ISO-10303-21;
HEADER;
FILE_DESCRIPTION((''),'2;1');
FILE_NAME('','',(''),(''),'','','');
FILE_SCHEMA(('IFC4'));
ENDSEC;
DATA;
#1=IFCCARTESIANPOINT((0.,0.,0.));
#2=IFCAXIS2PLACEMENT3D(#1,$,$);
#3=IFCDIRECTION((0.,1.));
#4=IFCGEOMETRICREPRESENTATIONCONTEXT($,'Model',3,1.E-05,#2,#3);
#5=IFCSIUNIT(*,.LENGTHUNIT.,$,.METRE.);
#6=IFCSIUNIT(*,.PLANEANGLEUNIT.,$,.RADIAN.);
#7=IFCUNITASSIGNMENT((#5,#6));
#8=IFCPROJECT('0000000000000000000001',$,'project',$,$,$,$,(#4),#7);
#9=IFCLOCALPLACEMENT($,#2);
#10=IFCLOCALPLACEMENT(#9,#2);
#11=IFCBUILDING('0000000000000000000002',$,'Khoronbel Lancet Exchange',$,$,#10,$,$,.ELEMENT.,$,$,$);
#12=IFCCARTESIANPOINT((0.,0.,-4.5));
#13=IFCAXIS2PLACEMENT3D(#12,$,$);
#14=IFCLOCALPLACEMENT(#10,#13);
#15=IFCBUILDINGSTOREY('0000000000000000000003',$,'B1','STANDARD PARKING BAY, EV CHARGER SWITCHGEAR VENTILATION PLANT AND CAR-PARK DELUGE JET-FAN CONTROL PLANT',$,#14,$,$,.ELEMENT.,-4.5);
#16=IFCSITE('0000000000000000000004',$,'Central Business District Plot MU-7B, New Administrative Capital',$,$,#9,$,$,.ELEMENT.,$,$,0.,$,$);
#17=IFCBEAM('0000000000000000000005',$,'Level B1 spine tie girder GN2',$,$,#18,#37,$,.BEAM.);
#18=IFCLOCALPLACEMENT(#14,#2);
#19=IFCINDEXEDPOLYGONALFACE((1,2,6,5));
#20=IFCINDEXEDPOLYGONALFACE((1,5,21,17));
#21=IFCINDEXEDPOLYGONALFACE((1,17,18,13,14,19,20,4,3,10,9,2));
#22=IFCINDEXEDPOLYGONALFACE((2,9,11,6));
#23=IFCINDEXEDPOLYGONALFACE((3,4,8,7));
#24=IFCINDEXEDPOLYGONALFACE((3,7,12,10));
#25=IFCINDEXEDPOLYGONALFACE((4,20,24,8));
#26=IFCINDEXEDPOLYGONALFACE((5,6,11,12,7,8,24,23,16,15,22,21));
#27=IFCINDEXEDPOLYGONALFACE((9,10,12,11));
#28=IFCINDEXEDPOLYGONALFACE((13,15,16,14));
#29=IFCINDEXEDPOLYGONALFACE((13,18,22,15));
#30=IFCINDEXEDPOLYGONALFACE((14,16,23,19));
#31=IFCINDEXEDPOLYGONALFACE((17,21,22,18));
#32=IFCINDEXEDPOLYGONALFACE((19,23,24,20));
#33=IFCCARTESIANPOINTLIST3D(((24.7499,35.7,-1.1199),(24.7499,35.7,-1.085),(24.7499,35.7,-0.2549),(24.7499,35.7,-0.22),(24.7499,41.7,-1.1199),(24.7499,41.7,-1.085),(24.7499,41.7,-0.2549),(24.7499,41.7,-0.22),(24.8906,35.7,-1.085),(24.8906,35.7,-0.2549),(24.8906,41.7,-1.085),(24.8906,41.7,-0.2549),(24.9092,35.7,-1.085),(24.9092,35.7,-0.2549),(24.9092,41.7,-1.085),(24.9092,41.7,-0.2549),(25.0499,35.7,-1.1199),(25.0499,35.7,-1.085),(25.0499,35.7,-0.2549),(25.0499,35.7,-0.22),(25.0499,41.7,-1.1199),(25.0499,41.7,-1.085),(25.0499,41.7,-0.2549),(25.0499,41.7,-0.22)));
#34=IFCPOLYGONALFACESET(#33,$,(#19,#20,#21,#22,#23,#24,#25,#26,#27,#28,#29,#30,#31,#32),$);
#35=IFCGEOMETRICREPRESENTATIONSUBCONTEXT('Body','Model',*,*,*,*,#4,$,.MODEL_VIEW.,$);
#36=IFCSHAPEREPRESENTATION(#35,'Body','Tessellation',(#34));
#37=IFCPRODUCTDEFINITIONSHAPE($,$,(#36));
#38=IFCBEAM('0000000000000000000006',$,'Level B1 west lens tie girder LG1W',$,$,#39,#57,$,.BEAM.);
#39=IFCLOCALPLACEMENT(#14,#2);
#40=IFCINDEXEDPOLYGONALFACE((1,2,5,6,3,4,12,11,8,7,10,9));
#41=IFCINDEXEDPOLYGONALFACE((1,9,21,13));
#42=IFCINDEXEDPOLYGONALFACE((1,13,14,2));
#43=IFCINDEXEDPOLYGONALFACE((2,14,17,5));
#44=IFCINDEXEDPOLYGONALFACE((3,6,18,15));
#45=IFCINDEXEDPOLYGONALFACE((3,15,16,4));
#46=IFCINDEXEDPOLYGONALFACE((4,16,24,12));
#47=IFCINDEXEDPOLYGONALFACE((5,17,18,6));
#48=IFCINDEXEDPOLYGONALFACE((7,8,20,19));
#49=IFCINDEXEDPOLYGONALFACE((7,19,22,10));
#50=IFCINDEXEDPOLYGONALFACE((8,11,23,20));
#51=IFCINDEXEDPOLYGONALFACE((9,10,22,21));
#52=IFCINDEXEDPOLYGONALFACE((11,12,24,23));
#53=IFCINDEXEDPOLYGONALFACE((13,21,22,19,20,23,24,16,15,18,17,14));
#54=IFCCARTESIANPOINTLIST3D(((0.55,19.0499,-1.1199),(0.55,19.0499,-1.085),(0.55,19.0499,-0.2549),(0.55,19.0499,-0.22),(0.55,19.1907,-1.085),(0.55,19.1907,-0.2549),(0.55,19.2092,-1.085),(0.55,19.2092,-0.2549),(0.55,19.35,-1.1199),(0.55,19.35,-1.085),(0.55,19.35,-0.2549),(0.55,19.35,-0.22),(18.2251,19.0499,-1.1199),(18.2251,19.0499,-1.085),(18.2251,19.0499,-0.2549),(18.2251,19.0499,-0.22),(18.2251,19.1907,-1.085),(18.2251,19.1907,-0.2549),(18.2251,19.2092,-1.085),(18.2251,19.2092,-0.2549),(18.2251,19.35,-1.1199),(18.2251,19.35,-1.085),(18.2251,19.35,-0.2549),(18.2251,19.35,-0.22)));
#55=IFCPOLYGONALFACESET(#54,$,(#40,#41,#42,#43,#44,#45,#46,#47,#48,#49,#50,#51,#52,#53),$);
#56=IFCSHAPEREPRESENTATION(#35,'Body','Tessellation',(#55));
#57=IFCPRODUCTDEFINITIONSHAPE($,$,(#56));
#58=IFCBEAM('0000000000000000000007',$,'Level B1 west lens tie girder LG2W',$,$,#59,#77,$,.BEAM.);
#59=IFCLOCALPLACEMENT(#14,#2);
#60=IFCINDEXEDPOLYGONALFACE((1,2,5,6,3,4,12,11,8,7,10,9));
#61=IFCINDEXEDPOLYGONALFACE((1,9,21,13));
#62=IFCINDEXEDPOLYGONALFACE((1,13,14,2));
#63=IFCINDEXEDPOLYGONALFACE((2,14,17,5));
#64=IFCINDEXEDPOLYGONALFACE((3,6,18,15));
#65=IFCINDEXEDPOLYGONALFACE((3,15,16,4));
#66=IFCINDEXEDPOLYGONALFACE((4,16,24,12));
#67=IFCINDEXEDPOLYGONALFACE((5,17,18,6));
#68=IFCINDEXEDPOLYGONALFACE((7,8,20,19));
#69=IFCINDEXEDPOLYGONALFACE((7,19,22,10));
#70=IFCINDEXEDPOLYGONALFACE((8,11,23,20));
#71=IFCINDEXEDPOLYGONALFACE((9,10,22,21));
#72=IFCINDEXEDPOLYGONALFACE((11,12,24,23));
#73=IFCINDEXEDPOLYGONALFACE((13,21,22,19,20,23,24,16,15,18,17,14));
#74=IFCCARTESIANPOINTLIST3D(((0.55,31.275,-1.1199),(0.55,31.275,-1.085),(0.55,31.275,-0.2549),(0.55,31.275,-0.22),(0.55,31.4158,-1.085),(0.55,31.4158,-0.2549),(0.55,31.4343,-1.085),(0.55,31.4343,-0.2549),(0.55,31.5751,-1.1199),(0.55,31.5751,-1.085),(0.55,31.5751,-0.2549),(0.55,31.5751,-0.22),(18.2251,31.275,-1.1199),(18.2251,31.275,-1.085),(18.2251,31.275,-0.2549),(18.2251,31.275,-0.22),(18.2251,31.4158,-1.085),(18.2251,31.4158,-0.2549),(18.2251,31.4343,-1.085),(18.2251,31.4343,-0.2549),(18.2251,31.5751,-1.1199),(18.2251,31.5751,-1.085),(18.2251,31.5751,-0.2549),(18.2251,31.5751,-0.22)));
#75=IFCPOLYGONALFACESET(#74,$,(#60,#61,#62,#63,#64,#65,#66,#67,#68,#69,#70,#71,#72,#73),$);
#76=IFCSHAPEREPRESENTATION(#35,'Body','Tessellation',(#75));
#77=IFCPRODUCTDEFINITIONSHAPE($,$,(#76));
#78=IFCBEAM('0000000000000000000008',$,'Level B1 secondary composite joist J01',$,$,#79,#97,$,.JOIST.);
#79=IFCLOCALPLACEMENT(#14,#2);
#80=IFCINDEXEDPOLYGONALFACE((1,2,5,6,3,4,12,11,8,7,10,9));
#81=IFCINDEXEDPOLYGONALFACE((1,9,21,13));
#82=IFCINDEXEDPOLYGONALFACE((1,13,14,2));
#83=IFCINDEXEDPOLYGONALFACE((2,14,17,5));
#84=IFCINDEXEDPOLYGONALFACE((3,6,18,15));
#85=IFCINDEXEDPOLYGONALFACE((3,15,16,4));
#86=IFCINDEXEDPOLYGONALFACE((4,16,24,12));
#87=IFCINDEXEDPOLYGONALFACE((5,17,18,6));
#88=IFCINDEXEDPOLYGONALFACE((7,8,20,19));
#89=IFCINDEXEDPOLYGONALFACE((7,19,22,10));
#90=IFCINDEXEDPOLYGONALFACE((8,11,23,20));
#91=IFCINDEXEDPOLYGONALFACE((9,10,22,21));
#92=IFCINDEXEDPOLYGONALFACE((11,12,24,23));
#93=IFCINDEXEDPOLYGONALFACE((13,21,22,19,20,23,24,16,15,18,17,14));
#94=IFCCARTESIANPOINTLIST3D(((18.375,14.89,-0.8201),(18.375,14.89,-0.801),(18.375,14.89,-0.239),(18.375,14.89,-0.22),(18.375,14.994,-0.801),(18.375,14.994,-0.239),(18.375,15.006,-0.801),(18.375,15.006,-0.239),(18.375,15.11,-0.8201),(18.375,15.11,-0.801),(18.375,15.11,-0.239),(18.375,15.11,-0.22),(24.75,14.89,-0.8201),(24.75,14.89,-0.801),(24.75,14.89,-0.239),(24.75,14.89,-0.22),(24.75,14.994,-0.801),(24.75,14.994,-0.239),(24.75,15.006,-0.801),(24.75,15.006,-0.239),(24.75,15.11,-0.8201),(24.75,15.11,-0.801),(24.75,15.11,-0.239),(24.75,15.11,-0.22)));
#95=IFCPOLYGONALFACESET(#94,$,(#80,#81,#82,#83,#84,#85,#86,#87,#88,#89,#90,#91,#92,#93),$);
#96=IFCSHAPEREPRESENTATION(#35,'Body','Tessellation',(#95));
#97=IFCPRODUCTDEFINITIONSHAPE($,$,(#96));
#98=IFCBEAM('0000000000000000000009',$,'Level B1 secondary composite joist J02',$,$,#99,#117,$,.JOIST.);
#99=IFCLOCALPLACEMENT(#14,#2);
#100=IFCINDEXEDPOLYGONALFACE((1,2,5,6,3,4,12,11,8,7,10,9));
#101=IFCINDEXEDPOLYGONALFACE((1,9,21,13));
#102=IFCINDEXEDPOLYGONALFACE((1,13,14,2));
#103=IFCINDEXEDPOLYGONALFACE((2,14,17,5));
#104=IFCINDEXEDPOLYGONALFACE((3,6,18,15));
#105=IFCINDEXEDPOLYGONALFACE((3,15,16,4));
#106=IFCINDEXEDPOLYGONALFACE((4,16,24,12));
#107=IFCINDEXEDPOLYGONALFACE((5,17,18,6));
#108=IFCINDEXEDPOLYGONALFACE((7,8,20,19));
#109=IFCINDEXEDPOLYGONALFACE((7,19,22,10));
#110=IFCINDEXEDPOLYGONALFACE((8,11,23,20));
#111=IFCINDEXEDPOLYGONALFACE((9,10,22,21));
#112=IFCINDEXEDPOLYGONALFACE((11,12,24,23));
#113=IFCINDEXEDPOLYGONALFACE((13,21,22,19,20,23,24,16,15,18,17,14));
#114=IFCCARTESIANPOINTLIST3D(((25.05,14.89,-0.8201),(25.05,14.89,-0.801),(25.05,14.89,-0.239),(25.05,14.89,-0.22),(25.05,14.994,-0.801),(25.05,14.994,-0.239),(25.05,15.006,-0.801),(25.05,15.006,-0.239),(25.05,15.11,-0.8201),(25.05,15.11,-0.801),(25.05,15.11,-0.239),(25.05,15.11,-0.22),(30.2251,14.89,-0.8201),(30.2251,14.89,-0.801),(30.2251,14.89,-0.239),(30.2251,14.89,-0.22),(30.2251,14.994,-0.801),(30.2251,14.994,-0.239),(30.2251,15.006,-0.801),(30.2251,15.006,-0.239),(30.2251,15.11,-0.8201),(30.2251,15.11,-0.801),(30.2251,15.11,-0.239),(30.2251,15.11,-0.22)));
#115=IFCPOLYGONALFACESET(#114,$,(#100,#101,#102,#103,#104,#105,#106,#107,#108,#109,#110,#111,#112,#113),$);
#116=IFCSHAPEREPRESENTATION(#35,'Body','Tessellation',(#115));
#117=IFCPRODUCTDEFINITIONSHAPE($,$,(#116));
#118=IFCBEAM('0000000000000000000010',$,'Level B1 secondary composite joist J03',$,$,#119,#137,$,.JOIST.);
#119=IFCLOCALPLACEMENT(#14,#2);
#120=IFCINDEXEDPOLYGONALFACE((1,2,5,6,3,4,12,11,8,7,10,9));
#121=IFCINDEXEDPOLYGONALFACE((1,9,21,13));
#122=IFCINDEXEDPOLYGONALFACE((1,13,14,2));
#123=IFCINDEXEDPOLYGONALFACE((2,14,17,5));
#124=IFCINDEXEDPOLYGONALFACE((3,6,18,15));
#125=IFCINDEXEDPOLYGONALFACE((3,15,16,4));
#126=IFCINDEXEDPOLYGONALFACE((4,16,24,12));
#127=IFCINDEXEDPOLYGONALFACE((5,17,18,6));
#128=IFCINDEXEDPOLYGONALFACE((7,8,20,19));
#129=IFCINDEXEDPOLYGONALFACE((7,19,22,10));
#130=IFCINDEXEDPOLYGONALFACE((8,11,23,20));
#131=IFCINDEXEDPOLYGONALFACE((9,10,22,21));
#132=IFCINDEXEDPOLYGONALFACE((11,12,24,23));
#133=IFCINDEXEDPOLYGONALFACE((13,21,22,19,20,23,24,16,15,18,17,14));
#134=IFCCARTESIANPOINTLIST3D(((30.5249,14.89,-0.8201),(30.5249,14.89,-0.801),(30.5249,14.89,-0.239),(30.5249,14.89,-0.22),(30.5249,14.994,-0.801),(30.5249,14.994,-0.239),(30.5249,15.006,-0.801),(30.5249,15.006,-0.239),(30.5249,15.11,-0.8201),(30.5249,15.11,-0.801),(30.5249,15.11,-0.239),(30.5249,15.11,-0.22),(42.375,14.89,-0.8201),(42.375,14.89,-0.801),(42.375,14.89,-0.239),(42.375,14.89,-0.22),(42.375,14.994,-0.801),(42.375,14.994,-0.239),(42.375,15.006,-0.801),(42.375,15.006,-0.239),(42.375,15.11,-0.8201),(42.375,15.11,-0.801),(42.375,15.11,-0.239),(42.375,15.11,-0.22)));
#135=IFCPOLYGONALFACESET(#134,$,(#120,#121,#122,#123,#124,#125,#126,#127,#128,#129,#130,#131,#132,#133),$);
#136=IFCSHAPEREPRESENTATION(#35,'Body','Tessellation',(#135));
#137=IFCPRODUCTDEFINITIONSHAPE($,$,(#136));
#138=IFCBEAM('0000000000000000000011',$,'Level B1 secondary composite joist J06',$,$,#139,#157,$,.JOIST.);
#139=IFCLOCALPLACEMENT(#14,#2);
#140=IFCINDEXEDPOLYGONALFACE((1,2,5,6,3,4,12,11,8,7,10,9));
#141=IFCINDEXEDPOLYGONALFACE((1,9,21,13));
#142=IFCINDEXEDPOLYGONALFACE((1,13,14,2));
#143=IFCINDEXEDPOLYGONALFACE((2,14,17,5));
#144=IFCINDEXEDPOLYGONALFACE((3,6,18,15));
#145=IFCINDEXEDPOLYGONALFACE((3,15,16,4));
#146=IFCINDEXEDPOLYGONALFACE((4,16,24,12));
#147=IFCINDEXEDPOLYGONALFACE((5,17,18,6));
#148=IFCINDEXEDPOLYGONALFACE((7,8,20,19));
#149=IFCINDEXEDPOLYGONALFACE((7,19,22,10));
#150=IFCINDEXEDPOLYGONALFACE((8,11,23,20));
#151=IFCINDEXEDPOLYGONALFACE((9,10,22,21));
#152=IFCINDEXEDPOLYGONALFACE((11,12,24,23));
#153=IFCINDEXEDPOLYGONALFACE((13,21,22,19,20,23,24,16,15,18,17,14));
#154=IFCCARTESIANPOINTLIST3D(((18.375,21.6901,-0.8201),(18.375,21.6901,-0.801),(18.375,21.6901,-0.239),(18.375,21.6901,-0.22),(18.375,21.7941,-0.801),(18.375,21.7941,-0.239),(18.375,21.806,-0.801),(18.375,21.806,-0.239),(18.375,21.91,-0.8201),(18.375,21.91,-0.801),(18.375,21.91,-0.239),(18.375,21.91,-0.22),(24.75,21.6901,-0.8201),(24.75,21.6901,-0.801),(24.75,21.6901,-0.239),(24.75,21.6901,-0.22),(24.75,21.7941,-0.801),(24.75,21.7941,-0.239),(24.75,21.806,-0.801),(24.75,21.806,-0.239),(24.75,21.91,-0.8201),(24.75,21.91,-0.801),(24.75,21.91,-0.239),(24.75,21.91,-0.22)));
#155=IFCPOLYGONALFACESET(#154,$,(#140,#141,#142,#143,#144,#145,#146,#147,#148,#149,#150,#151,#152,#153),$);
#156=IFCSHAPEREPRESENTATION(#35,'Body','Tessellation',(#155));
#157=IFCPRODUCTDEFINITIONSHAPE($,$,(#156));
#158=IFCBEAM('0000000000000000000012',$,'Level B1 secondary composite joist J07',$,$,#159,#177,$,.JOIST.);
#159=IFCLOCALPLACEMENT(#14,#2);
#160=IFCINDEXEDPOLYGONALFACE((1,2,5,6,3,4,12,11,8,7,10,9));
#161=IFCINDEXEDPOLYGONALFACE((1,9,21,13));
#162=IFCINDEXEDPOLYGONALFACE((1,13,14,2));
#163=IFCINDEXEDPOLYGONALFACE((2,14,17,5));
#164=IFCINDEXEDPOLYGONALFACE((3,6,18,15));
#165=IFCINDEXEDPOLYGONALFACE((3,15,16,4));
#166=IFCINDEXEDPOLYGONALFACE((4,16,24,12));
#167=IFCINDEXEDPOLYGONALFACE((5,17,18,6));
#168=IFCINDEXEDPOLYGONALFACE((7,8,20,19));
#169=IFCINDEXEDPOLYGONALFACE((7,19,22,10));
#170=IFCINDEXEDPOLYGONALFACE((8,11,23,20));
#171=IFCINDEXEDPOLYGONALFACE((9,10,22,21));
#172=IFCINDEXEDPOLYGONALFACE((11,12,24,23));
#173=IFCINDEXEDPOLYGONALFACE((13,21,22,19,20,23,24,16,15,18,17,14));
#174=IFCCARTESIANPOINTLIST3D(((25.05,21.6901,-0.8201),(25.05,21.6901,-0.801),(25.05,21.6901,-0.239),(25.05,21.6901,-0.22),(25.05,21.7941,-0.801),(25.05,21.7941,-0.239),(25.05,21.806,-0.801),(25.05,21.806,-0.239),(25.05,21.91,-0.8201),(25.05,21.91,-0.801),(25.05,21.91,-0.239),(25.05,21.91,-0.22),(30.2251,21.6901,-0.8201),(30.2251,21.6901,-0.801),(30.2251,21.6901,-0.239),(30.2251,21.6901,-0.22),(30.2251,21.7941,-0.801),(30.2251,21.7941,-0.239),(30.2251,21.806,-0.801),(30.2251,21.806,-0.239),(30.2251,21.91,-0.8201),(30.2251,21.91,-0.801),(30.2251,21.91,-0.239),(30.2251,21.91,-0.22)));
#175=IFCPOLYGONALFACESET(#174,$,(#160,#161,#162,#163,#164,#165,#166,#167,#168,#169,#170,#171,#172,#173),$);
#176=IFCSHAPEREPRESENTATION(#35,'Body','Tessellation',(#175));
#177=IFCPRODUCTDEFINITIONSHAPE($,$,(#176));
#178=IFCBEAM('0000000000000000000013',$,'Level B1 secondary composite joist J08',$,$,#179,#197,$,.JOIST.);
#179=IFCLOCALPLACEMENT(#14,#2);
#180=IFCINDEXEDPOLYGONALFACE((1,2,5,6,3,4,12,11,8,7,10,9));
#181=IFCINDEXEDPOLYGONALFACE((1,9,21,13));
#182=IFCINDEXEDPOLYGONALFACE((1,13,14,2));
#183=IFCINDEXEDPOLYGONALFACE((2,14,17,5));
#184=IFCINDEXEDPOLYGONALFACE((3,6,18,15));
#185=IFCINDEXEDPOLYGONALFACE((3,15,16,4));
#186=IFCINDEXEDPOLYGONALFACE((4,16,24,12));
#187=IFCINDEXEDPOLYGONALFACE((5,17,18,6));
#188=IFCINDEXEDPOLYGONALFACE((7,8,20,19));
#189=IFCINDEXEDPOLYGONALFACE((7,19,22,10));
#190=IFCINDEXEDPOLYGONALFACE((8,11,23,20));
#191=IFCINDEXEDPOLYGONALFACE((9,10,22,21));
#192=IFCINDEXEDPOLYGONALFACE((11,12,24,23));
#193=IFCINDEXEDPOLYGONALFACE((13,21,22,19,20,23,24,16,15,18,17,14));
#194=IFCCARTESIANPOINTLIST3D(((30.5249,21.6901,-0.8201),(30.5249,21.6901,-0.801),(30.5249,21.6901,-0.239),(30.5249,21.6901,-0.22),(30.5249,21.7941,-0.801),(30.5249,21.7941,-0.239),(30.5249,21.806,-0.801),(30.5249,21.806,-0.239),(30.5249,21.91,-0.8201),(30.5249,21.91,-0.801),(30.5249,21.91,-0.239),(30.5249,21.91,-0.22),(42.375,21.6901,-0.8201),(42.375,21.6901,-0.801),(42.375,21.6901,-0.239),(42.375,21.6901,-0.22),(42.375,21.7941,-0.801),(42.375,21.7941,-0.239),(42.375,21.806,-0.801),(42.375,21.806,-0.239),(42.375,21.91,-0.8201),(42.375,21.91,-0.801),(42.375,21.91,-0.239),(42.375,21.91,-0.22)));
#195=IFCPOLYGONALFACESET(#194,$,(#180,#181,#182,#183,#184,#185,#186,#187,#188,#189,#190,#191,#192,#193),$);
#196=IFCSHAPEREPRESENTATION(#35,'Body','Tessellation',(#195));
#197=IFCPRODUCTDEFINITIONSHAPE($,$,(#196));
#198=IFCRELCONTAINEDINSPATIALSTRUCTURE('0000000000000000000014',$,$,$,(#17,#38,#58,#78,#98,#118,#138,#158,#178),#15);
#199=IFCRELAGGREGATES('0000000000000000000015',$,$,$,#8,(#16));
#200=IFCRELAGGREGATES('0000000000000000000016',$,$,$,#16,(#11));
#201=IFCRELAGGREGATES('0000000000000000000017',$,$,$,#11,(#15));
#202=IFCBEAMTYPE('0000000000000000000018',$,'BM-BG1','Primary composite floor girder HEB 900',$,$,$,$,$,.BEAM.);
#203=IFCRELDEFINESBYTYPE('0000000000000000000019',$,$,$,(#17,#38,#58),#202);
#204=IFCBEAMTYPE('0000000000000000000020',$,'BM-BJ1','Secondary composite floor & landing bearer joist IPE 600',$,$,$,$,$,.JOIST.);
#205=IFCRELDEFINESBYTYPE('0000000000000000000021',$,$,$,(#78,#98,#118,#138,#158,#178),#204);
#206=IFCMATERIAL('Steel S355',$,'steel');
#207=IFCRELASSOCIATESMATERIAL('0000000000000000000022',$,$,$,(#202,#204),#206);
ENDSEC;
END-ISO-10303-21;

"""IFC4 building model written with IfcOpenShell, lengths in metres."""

from ifc_helpers import new_model, si_unit, direction, frame, origin, origin_2d, place, context, subcontext, project, spatial, i_section, extrude, material, material_profile, profile_set, type_object, element, save


model = new_model("IFC4")

# Units and contexts
model_context = context("Model", 3, precision=1e-05, world=origin(), true_north=direction((0.0, 1.0)))
body_context = subcontext(model_context, "Body", "Model", "MODEL_VIEW")
ifc_project = project(units=[si_unit("LENGTHUNIT", "METRE"), si_unit("PLANEANGLEUNIT", "RADIAN")], contexts=[model_context])

# Site, building, storey
site_placement = place(None, origin())
site = spatial("IfcSite", under=ifc_project, at=site_placement, Name="Central Business District Plot MU-7B, New Administrative Capital", CompositionType="ELEMENT", RefElevation=0.0)
building_placement = place(site_placement, origin())
building = spatial("IfcBuilding", under=site, at=building_placement, Name="Khoronbel Lancet Exchange", CompositionType="ELEMENT")
storey_placement = place(building_placement, frame((0.0, 0.0, -4.5)))
storey = spatial("IfcBuildingStorey", under=building, at=storey_placement, Name="B1", Description="STANDARD PARKING BAY, EV CHARGER SWITCHGEAR VENTILATION PLANT AND CAR-PARK DELUGE JET-FAN CONTROL PLANT", CompositionType="ELEMENT", Elevation=-4.5)

# Shared definitions
ifc_material_1 = material(Name="Steel S355", Category="steel")

# Beams
ifc_material_profile_1 = material_profile(ifc_material_1, i_section(OverallWidth=0.3, OverallDepth=0.8999, WebThickness=0.0186, FlangeThickness=0.0349, at=origin_2d()), Name="HEB 900")
ifc_profile_set_1 = profile_set([ifc_material_profile_1], Name="Steel S355")
beam_type_1 = type_object("IfcBeamType", Name="BM-BG1", Description="Primary composite floor girder HEB 900", PredefinedType="BEAM", material=ifc_profile_set_1)
for number, where, z_axis, x_axis, name in (
    (1, (24.8999, 35.7, -0.6699), (0.0, 1.0, 0.0), (-1.0, 0.0, 0.0), "Level B1 spine tie girder GN2"),
):
    element("IfcBeam", number, at=place(storey_placement, frame(where, z_axis=z_axis, x_axis=x_axis)), inside=storey, type_object=beam_type_1, Name=name, PredefinedType="BEAM", context=body_context, shape_type="SweptSolid", body=[
        extrude(i_section(OverallWidth=0.3, OverallDepth=0.8999, WebThickness=0.0186, FlangeThickness=0.0349, at=origin_2d()), origin(), (0.0, 0.0, 1.0), 6.0),
    ])
for number, where, z_axis, x_axis, name in (
    (2, (0.55, 19.2, -0.6699), (1.0, 0.0, 0.0), (0.0, 1.0, 0.0), "Level B1 west lens tie girder LG1W"),
    (3, (0.55, 31.425, -0.6699), (1.0, 0.0, 0.0), (0.0, 1.0, 0.0), "Level B1 west lens tie girder LG2W"),
):
    element("IfcBeam", number, at=place(storey_placement, frame(where, z_axis=z_axis, x_axis=x_axis)), inside=storey, type_object=beam_type_1, Name=name, PredefinedType="BEAM", context=body_context, shape_type="SweptSolid", body=[
        extrude(i_section(OverallWidth=0.3, OverallDepth=0.8999, WebThickness=0.0186, FlangeThickness=0.0349, at=origin_2d()), origin(), (0.0, 0.0, 1.0), 17.675),
    ])
ifc_material_profile_2 = material_profile(ifc_material_1, i_section(OverallWidth=0.22, OverallDepth=0.6001, WebThickness=0.012, FlangeThickness=0.019, at=origin_2d()), Name="IPE 600")
ifc_profile_set_2 = profile_set([ifc_material_profile_2], Name="Steel S355")
beam_type_2 = type_object("IfcBeamType", Name="BM-BJ1", Description="Secondary composite floor & landing bearer joist IPE 600", PredefinedType="JOIST", material=ifc_profile_set_2)
beam_1_placement = place(storey_placement, frame((18.375, 15.0, -0.52), z_axis=(1.0, 0.0, 0.0), x_axis=(0.0, 1.0, 0.0)))
element("IfcBeam", 4, at=beam_1_placement, inside=storey, type_object=beam_type_2, Name="Level B1 secondary composite joist J01", PredefinedType="JOIST", context=body_context, shape_type="SweptSolid", body=[
    extrude(i_section(OverallWidth=0.22, OverallDepth=0.6001, WebThickness=0.012, FlangeThickness=0.019, at=origin_2d()), origin(), (0.0, 0.0, 1.0), 6.375),
])
beam_2_placement = place(storey_placement, frame((25.05, 15.0, -0.52), z_axis=(1.0, 0.0, 0.0), x_axis=(0.0, 1.0, 0.0)))
element("IfcBeam", 5, at=beam_2_placement, inside=storey, type_object=beam_type_2, Name="Level B1 secondary composite joist J02", PredefinedType="JOIST", context=body_context, shape_type="SweptSolid", body=[
    extrude(i_section(OverallWidth=0.22, OverallDepth=0.6001, WebThickness=0.012, FlangeThickness=0.019, at=origin_2d()), origin(), (0.0, 0.0, 1.0), 5.175),
])
beam_3_placement = place(storey_placement, frame((30.5249, 15.0, -0.52), z_axis=(1.0, 0.0, 0.0), x_axis=(0.0, 1.0, 0.0)))
element("IfcBeam", 6, at=beam_3_placement, inside=storey, type_object=beam_type_2, Name="Level B1 secondary composite joist J03", PredefinedType="JOIST", context=body_context, shape_type="SweptSolid", body=[
    extrude(i_section(OverallWidth=0.22, OverallDepth=0.6001, WebThickness=0.012, FlangeThickness=0.019, at=origin_2d()), origin(), (0.0, 0.0, 1.0), 11.8501),
])
beam_4_placement = place(storey_placement, frame((18.375, 21.8, -0.52), z_axis=(1.0, 0.0, 0.0), x_axis=(0.0, 1.0, 0.0)))
element("IfcBeam", 7, at=beam_4_placement, inside=storey, type_object=beam_type_2, Name="Level B1 secondary composite joist J06", PredefinedType="JOIST", context=body_context, shape_type="SweptSolid", body=[
    extrude(i_section(OverallWidth=0.22, OverallDepth=0.6001, WebThickness=0.012, FlangeThickness=0.019, at=origin_2d()), origin(), (0.0, 0.0, 1.0), 6.375),
])
beam_5_placement = place(storey_placement, frame((25.05, 21.8, -0.52), z_axis=(1.0, 0.0, 0.0), x_axis=(0.0, 1.0, 0.0)))
element("IfcBeam", 8, at=beam_5_placement, inside=storey, type_object=beam_type_2, Name="Level B1 secondary composite joist J07", PredefinedType="JOIST", context=body_context, shape_type="SweptSolid", body=[
    extrude(i_section(OverallWidth=0.22, OverallDepth=0.6001, WebThickness=0.012, FlangeThickness=0.019, at=origin_2d()), origin(), (0.0, 0.0, 1.0), 5.175),
])
beam_6_placement = place(storey_placement, frame((30.5249, 21.8, -0.52), z_axis=(1.0, 0.0, 0.0), x_axis=(0.0, 1.0, 0.0)))
element("IfcBeam", 9, at=beam_6_placement, inside=storey, type_object=beam_type_2, Name="Level B1 secondary composite joist J08", PredefinedType="JOIST", context=body_context, shape_type="SweptSolid", body=[
    extrude(i_section(OverallWidth=0.22, OverallDepth=0.6001, WebThickness=0.012, FlangeThickness=0.019, at=origin_2d()), origin(), (0.0, 0.0, 1.0), 11.8501),
])

save(model, "model.ifc")
